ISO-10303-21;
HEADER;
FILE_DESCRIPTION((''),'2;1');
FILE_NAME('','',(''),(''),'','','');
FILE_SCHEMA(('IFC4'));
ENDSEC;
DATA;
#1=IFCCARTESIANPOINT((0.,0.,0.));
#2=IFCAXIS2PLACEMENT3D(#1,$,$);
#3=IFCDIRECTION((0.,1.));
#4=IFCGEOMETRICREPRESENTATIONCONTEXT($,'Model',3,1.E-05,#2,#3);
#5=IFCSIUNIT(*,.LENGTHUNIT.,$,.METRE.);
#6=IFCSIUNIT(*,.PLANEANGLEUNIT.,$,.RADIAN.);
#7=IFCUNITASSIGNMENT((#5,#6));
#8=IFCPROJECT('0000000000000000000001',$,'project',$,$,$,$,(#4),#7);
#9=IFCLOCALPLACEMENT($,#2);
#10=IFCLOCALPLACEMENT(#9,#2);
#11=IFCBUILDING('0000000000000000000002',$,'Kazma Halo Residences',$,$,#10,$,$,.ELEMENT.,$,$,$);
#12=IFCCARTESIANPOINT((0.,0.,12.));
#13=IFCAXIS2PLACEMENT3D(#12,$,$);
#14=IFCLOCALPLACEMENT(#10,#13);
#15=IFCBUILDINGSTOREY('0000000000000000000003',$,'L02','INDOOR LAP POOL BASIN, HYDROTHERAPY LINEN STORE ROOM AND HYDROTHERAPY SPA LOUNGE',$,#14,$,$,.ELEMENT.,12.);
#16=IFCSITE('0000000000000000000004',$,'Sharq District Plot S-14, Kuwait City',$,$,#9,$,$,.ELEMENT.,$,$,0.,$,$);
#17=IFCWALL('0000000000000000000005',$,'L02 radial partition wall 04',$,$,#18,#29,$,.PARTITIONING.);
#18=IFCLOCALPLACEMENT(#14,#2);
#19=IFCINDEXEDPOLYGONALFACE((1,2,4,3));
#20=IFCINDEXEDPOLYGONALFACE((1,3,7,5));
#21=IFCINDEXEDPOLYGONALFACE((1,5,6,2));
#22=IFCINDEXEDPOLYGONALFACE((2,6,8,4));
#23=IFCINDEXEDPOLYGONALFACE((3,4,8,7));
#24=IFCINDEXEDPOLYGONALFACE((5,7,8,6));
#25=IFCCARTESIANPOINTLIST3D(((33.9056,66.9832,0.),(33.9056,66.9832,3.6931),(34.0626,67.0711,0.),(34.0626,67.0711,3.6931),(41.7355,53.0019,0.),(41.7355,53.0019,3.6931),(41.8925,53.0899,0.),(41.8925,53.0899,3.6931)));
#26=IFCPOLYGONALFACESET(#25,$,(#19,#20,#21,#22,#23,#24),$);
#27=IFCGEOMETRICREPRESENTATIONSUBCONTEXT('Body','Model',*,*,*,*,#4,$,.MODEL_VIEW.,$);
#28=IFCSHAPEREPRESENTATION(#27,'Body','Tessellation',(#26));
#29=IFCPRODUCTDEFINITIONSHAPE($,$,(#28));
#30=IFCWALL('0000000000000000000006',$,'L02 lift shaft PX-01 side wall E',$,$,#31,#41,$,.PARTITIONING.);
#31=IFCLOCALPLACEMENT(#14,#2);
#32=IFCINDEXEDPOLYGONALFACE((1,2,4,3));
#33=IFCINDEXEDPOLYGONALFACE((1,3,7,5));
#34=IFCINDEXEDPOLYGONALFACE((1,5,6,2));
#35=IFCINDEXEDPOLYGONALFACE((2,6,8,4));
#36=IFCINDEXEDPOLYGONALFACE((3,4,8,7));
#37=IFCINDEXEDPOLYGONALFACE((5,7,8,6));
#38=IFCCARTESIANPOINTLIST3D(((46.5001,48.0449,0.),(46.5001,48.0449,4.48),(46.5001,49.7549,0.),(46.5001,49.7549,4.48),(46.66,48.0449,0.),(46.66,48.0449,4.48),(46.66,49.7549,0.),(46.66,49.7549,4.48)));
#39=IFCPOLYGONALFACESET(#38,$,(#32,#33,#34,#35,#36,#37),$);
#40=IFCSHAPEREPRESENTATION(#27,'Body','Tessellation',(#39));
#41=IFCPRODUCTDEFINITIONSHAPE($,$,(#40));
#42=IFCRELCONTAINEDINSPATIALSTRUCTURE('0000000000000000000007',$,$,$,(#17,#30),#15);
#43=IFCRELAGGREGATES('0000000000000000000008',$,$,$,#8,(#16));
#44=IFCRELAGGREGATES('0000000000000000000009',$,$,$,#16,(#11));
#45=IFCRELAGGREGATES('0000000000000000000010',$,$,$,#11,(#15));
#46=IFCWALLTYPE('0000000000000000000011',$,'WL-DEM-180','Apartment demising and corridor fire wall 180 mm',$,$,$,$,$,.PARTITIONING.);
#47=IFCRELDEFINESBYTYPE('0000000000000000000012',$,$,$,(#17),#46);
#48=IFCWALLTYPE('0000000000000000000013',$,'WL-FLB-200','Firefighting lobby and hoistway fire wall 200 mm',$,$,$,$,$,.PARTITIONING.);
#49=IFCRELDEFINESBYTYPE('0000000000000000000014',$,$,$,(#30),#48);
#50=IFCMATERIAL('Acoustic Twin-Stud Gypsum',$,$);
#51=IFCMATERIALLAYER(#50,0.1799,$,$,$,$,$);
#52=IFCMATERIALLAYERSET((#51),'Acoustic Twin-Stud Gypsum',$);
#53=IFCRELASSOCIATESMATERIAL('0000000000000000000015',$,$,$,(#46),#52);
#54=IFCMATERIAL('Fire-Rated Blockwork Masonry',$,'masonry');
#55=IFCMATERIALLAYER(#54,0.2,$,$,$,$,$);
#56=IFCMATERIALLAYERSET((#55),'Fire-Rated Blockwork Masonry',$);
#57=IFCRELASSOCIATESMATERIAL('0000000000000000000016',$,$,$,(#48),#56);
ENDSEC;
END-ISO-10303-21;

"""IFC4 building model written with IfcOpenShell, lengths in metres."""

from ifc_helpers import new_model, si_unit, direction, frame, frame_2d, origin, place, context, subcontext, project, spatial, rectangle, extrude, material, layer, layer_set, type_object, element, save


model = new_model("IFC4")

# Units and contexts
model_context = context("Model", 3, precision=1e-05, world=origin(), true_north=direction((0.0, 1.0)))
body_context = subcontext(model_context, "Body", "Model", "MODEL_VIEW")
ifc_project = project(units=[si_unit("LENGTHUNIT", "METRE"), si_unit("PLANEANGLEUNIT", "RADIAN")], contexts=[model_context])

# Site, building, storey
site_placement = place(None, origin())
site = spatial("IfcSite", under=ifc_project, at=site_placement, Name="Sharq District Plot S-14, Kuwait City", CompositionType="ELEMENT", RefElevation=0.0)
building_placement = place(site_placement, origin())
building = spatial("IfcBuilding", under=site, at=building_placement, Name="Kazma Halo Residences", CompositionType="ELEMENT")
storey_placement = place(building_placement, frame((0.0, 0.0, 12.0)))
storey = spatial("IfcBuildingStorey", under=building, at=storey_placement, Name="L02", Description="INDOOR LAP POOL BASIN, HYDROTHERAPY LINEN STORE ROOM AND HYDROTHERAPY SPA LOUNGE", CompositionType="ELEMENT", Elevation=12.0)

# Wall
ifc_material_1 = material(Name="Acoustic Twin-Stud Gypsum")
ifc_layer_1 = layer(ifc_material_1, 0.1799)
ifc_layer_set_1 = layer_set([ifc_layer_1], Name="Acoustic Twin-Stud Gypsum")
wall_type_1 = type_object("IfcWallType", Name="WL-DEM-180", Description="Apartment demising and corridor fire wall 180 mm", PredefinedType="PARTITIONING", material=ifc_layer_set_1)
wall_1_placement = place(storey_placement, frame((41.814, 53.0459, 0.0), z_axis=(0.0, 0.0, 1.0), x_axis=(-0.488621, 0.872496, 0.0)))
element("IfcWall", 1, at=wall_1_placement, inside=storey, type_object=wall_type_1, Name="L02 radial partition wall 04", PredefinedType="PARTITIONING", context=body_context, shape_type="SweptSolid", body=[
    extrude(rectangle(XDim=16.0244, YDim=0.1799, at=frame_2d((8.0122, 0.0))), origin(), (0.0, 0.0, 1.0), 3.6931),
])

# Wall
ifc_material_2 = material(Name="Fire-Rated Blockwork Masonry", Category="masonry")
ifc_layer_2 = layer(ifc_material_2, 0.2)
ifc_layer_set_2 = layer_set([ifc_layer_2], Name="Fire-Rated Blockwork Masonry")
wall_type_2 = type_object("IfcWallType", Name="WL-FLB-200", Description="Firefighting lobby and hoistway fire wall 200 mm", PredefinedType="PARTITIONING", material=ifc_layer_set_2)
wall_2_placement = place(storey_placement, frame((46.5801, 48.0449, 0.0), z_axis=(0.0, 0.0, 1.0), x_axis=(0.0, 1.0, 0.0)))
element("IfcWall", 2, at=wall_2_placement, inside=storey, type_object=wall_type_2, Name="L02 lift shaft PX-01 side wall E", PredefinedType="PARTITIONING", context=body_context, shape_type="SweptSolid", body=[
    extrude(rectangle(XDim=1.71, YDim=0.1599, at=frame_2d((0.855, 0.0))), origin(), (0.0, 0.0, 1.0), 4.48),
])

save(model, "model.ifc")
